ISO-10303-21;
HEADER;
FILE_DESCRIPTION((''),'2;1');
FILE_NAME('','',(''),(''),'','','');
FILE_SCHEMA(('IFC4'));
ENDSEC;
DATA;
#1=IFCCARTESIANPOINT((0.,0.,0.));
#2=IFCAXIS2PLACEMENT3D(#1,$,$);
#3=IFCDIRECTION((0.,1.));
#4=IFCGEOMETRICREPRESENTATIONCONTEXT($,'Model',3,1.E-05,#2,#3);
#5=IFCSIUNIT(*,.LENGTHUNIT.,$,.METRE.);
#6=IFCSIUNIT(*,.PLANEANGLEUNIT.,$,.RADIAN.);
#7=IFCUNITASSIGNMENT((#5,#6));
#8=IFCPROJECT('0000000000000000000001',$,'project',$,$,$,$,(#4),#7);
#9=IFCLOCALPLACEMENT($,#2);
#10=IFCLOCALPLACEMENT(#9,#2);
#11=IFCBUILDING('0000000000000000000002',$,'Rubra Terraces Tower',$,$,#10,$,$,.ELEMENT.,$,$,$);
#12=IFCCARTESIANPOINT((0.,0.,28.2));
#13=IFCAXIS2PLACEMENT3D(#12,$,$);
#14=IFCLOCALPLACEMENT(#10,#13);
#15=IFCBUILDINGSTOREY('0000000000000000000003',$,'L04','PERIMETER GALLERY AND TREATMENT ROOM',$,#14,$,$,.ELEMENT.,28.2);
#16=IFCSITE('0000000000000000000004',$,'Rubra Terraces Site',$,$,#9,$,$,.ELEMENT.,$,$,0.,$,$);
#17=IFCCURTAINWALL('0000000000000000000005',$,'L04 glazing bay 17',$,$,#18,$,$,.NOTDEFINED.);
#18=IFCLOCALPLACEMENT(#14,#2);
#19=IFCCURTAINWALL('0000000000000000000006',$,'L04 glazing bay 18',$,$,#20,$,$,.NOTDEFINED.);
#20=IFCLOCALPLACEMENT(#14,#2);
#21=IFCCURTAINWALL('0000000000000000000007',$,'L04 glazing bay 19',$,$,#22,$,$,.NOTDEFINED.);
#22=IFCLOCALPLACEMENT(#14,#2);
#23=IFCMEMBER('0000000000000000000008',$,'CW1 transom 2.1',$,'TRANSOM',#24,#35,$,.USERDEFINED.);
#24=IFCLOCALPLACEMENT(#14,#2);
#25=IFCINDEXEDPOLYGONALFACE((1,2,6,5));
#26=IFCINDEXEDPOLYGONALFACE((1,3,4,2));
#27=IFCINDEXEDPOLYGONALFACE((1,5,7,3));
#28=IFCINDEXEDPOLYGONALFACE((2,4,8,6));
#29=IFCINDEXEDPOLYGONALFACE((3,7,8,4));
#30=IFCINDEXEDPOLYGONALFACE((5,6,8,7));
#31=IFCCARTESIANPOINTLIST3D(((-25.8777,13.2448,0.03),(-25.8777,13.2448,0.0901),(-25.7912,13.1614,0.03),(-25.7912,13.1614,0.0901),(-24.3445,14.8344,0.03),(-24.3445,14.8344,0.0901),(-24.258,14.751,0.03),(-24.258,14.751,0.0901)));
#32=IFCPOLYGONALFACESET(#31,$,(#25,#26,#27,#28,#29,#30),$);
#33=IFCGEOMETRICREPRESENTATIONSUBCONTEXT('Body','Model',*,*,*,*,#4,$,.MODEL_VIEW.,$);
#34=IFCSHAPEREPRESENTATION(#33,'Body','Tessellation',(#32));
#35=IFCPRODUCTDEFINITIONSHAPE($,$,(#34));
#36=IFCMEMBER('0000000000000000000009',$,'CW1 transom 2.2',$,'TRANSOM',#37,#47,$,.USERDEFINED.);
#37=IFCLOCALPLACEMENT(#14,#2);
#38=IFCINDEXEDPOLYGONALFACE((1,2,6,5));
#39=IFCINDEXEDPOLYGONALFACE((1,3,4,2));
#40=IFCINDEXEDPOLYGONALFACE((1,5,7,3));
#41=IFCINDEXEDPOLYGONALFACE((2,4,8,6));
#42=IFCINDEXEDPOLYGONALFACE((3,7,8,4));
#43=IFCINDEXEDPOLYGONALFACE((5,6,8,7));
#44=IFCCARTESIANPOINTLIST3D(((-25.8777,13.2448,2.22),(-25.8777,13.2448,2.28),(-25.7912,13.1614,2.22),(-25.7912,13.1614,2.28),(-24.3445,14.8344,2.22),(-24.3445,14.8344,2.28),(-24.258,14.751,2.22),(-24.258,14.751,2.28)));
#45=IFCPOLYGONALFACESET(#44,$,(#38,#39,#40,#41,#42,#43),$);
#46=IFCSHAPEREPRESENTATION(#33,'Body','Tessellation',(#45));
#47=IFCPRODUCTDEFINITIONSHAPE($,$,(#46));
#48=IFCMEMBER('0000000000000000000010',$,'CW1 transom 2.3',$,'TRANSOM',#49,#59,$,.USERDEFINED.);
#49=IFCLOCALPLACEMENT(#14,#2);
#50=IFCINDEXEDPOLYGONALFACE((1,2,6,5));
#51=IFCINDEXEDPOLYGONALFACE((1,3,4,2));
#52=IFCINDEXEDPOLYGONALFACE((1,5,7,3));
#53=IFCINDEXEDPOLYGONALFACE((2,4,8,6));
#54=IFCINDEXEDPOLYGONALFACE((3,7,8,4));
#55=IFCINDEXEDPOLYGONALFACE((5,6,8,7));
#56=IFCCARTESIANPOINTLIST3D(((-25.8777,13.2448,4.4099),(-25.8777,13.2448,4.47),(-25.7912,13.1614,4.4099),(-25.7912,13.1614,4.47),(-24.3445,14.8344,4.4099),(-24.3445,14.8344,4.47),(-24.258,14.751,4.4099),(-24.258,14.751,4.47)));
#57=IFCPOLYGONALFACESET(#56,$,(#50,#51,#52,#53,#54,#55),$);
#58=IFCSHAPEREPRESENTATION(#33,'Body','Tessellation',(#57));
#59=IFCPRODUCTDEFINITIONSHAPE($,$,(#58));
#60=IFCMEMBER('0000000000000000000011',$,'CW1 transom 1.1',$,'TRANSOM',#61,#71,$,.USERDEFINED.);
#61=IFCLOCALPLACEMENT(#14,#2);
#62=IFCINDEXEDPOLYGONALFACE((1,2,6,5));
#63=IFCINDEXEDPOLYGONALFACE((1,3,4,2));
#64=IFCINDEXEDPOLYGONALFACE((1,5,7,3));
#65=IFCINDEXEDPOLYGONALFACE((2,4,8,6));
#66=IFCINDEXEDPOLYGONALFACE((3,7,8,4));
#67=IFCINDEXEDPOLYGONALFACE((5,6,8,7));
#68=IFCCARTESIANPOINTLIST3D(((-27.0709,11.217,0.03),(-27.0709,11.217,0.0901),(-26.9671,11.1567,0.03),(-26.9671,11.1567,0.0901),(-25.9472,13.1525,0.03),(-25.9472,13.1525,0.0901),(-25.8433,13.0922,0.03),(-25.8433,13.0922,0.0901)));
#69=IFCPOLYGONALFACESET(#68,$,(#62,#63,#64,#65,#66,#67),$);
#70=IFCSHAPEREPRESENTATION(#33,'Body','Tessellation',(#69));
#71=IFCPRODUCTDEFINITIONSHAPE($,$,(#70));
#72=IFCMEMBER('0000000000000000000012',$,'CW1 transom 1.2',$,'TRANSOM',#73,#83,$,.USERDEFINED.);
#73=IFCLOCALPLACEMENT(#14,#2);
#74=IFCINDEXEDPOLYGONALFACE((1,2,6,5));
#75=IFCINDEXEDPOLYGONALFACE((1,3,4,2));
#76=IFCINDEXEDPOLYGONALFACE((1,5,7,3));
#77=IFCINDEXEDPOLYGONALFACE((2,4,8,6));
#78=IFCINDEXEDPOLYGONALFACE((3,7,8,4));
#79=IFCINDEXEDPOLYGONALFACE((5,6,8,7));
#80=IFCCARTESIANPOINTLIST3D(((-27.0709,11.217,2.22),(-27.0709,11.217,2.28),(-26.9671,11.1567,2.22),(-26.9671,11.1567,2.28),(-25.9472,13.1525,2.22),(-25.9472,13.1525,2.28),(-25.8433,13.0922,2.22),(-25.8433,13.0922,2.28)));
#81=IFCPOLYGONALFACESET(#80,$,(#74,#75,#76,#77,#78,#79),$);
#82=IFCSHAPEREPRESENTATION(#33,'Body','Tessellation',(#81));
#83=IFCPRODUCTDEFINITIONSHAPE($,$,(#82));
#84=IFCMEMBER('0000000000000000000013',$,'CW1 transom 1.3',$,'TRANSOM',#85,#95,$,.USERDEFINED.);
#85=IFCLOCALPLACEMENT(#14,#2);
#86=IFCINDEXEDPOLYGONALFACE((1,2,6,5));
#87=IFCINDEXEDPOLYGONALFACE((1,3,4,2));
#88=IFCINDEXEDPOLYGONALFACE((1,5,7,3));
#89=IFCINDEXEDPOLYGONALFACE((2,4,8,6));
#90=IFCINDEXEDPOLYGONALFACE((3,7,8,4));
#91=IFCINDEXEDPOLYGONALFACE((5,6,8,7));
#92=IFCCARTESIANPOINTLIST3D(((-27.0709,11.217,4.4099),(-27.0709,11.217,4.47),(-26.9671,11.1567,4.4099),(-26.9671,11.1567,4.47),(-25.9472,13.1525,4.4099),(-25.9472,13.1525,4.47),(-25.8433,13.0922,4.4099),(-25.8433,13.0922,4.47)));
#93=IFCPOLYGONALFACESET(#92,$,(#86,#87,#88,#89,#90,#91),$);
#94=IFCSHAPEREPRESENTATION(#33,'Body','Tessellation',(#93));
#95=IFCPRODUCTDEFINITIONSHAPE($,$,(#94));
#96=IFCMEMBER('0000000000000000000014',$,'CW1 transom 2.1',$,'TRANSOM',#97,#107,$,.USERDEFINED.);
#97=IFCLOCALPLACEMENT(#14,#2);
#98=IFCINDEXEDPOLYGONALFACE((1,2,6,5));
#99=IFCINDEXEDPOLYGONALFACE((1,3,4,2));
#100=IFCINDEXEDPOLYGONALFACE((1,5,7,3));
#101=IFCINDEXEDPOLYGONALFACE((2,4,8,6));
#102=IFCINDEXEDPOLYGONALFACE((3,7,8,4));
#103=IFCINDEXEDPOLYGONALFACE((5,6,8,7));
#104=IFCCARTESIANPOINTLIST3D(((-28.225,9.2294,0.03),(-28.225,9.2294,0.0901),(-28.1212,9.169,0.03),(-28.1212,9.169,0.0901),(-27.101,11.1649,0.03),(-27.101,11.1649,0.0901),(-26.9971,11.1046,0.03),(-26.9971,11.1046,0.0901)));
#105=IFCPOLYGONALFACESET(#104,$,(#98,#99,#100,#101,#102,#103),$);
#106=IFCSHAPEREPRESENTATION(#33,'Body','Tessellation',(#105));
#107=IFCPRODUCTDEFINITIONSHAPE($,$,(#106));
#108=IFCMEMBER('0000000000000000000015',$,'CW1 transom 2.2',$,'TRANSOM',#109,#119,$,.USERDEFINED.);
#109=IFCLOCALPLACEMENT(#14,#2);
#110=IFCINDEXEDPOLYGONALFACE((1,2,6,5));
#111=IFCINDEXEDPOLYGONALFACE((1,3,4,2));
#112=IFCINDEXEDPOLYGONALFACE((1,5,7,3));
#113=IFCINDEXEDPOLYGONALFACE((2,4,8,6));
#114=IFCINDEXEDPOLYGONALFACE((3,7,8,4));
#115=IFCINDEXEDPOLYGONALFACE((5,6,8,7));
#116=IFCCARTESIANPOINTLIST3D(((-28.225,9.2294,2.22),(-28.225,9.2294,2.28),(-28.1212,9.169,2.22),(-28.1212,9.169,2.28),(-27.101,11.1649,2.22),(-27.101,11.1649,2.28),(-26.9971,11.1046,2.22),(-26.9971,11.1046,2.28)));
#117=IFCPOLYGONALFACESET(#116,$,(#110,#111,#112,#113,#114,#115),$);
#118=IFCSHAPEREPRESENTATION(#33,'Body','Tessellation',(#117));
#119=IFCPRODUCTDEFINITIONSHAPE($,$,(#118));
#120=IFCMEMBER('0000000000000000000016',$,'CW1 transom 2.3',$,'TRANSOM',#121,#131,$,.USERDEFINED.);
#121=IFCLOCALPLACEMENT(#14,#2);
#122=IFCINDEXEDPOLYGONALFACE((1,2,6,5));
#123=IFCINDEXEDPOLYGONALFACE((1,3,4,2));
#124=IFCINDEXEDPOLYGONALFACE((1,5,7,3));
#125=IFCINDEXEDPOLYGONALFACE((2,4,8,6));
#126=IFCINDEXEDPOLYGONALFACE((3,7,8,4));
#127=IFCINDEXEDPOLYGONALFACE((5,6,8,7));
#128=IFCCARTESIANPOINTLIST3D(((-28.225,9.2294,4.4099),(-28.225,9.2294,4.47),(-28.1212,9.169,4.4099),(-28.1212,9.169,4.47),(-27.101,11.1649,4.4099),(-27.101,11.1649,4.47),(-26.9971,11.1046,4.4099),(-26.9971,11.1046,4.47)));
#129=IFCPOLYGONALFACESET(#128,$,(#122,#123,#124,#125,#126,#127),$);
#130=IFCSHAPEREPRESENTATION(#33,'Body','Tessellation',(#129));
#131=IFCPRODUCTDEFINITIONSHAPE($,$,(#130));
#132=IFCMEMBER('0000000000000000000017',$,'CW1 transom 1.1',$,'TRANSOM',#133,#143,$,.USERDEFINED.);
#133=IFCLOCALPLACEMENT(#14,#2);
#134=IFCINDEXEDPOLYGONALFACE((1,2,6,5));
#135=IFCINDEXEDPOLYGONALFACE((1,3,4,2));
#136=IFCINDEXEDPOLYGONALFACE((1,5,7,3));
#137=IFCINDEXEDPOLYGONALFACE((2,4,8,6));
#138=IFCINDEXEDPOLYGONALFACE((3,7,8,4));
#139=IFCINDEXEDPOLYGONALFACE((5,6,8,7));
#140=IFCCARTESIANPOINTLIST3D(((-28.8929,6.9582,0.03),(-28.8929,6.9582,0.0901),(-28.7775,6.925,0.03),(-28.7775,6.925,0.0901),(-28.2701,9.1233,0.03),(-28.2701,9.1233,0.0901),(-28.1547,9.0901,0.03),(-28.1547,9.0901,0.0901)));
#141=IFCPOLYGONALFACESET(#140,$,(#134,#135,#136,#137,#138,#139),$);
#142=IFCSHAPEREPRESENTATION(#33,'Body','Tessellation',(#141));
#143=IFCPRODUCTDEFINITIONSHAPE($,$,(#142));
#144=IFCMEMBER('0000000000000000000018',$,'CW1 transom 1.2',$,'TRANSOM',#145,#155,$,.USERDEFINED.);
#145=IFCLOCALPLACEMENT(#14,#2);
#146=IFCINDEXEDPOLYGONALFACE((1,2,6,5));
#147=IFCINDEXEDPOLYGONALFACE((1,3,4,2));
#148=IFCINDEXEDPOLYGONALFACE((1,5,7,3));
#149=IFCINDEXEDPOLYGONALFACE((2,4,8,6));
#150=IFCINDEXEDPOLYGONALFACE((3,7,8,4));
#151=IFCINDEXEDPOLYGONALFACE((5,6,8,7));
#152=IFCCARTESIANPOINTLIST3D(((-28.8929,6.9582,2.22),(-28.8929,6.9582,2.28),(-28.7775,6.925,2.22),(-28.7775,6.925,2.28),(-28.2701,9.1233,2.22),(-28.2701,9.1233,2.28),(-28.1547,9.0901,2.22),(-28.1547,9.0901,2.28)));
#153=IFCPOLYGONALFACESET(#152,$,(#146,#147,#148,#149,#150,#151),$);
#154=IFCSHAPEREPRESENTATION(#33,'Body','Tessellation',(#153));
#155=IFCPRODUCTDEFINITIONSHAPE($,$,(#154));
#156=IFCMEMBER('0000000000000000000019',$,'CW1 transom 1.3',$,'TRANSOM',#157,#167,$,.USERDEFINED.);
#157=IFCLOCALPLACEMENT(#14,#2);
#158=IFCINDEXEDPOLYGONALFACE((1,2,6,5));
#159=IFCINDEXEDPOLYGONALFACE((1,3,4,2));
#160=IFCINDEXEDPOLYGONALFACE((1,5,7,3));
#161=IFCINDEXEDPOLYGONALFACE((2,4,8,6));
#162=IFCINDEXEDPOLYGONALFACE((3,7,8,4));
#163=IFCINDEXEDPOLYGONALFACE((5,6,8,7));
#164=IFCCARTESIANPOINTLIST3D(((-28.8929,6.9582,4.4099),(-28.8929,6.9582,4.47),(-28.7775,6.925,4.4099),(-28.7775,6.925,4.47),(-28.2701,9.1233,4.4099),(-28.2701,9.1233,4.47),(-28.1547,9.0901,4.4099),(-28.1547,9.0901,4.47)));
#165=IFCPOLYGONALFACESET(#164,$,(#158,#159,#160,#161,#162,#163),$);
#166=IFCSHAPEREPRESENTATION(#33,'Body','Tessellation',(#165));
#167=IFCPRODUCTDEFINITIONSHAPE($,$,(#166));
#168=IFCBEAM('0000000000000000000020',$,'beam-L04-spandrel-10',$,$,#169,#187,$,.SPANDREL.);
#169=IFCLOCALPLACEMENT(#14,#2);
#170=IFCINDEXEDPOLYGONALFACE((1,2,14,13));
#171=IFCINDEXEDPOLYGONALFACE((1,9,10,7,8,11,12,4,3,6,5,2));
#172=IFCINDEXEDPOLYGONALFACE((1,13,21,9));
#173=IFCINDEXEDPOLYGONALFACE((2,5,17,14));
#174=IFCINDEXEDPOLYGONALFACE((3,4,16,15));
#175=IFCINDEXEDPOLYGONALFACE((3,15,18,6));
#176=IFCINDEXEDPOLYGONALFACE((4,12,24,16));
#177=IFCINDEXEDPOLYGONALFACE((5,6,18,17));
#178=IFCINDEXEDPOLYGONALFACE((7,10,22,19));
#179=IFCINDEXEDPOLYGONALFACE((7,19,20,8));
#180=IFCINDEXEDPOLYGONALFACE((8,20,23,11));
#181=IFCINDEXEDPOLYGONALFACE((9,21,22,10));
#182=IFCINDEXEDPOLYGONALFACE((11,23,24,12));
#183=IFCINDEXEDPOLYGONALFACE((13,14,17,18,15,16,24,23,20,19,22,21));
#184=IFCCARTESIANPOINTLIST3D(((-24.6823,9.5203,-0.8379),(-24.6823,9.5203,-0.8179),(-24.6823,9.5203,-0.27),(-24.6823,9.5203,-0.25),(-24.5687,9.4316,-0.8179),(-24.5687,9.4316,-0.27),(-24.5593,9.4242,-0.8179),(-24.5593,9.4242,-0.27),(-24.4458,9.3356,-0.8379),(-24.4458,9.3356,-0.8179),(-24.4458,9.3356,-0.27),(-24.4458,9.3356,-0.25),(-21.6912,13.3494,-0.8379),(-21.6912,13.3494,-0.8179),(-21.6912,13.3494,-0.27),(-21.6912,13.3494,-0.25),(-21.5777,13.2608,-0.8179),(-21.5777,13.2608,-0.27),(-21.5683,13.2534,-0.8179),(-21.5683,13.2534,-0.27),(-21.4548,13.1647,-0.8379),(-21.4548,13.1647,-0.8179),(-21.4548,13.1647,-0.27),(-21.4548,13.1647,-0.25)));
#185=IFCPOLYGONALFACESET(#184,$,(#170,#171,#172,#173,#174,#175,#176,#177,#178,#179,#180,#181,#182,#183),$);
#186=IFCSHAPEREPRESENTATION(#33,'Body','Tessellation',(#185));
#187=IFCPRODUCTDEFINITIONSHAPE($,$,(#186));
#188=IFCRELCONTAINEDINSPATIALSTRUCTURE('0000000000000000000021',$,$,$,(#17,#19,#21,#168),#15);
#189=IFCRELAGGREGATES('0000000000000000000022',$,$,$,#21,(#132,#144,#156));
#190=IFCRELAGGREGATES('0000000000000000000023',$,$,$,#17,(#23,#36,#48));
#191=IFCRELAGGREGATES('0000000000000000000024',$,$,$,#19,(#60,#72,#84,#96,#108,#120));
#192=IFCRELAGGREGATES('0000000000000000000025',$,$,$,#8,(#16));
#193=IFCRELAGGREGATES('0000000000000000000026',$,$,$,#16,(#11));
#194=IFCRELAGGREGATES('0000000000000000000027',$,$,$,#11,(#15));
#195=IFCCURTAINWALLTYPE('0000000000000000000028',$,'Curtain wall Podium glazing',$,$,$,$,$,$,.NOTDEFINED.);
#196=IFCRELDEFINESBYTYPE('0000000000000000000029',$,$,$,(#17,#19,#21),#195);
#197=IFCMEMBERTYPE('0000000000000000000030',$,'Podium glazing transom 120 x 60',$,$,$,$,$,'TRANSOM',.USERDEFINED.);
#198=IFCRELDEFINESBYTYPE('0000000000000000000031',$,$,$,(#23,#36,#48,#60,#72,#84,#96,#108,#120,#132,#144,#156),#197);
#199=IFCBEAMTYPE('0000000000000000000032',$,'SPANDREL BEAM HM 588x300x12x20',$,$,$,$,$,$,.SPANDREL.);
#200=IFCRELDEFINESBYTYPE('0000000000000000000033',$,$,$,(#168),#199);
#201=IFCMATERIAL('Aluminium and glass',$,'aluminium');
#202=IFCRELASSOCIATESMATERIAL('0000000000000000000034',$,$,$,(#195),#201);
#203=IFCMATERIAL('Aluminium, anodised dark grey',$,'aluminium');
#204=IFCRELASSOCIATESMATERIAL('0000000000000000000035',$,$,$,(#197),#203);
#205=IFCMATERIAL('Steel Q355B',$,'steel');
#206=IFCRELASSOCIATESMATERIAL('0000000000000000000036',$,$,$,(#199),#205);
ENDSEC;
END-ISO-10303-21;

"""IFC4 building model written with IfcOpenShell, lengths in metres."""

from ifc_helpers import new_model, si_unit, direction, frame, origin, origin_2d, place, context, subcontext, project, spatial, rectangle, i_section, extrude, material, material_profile, profile_set, type_object, element, aggregate, save


model = new_model("IFC4")

# Units and contexts
model_context = context("Model", 3, precision=1e-05, world=origin(), true_north=direction((0.0, 1.0)))
body_context = subcontext(model_context, "Body", "Model", "MODEL_VIEW")
ifc_project = project(units=[si_unit("LENGTHUNIT", "METRE"), si_unit("PLANEANGLEUNIT", "RADIAN")], contexts=[model_context])

# Site, building, storey
site_placement = place(None, origin())
site = spatial("IfcSite", under=ifc_project, at=site_placement, Name="Rubra Terraces Site", CompositionType="ELEMENT", RefElevation=0.0)
building_placement = place(site_placement, origin())
building = spatial("IfcBuilding", under=site, at=building_placement, Name="Rubra Terraces Tower", CompositionType="ELEMENT")
storey_placement = place(building_placement, frame((0.0, 0.0, 28.2)))
storey = spatial("IfcBuildingStorey", under=building, at=storey_placement, Name="L04", Description="PERIMETER GALLERY AND TREATMENT ROOM", CompositionType="ELEMENT", Elevation=28.2)

# Shared definitions
ifc_material_1 = material(Name="Steel Q355B", Category="steel")

# Curtain walls
ifc_material_2 = material(Name="Aluminium and glass", Category="aluminium")
curtain_wall_type = type_object("IfcCurtainWallType", Name="Curtain wall Podium glazing", PredefinedType="NOTDEFINED", material=ifc_material_2)
curtain_wall_1_placement = place(storey_placement, origin())
curtain_wall_1 = element("IfcCurtainWall", 1, at=curtain_wall_1_placement, inside=storey, type_object=curtain_wall_type, Name="L04 glazing bay 17", PredefinedType="NOTDEFINED")
ifc_material_3 = material(Name="Aluminium, anodised dark grey", Category="aluminium")
curtain_wall_2_placement = place(storey_placement, origin())
curtain_wall_2 = element("IfcCurtainWall", 2, at=curtain_wall_2_placement, inside=storey, type_object=curtain_wall_type, Name="L04 glazing bay 18", PredefinedType="NOTDEFINED")

# Curtain wall
curtain_wall_3_placement = place(storey_placement, origin())
curtain_wall_3 = element("IfcCurtainWall", 3, at=curtain_wall_3_placement, inside=storey, type_object=curtain_wall_type, Name="L04 glazing bay 19", PredefinedType="NOTDEFINED")

# Members
ifc_material_profile_1 = material_profile(ifc_material_3, rectangle(XDim=0.1201, YDim=0.0601, at=origin_2d()), Name="AL 120x60")
ifc_profile_set_1 = profile_set([ifc_material_profile_1], Name="Aluminium, anodised dark grey")
member_type_1 = type_object("IfcMemberType", Name="Podium glazing transom 120 x 60", ElementType="TRANSOM", PredefinedType="USERDEFINED", material=ifc_profile_set_1)
member_1_placement = place(storey_placement, frame((-24.3013, 14.7927, 0.0601), z_axis=(-0.694224, -0.719759, 0.0), x_axis=(0.719759, -0.694224, 0.0)))
member_1 = element("IfcMember", 4, at=member_1_placement, type_object=member_type_1, Name="CW1 transom 2.1", ObjectType="TRANSOM", PredefinedType="USERDEFINED", context=body_context, shape_type="SweptSolid", body=[
    extrude(rectangle(XDim=0.1201, YDim=0.0601, at=origin_2d()), origin(), (0.0, 0.0, 1.0), 2.2085),
])
member_2_placement = place(storey_placement, frame((-24.3013, 14.7927, 2.25), z_axis=(-0.694224, -0.719759, 0.0), x_axis=(0.719759, -0.694224, 0.0)))
member_2 = element("IfcMember", 5, at=member_2_placement, type_object=member_type_1, Name="CW1 transom 2.2", ObjectType="TRANSOM", PredefinedType="USERDEFINED", context=body_context, shape_type="SweptSolid", body=[
    extrude(rectangle(XDim=0.1201, YDim=0.0601, at=origin_2d()), origin(), (0.0, 0.0, 1.0), 2.2085),
])
member_3_placement = place(storey_placement, frame((-24.3013, 14.7927, 4.4399), z_axis=(-0.694224, -0.719759, 0.0), x_axis=(0.719759, -0.694224, 0.0)))
member_3 = element("IfcMember", 6, at=member_3_placement, type_object=member_type_1, Name="CW1 transom 2.3", ObjectType="TRANSOM", PredefinedType="USERDEFINED", context=body_context, shape_type="SweptSolid", body=[
    extrude(rectangle(XDim=0.1201, YDim=0.0601, at=origin_2d()), origin(), (0.0, 0.0, 1.0), 2.2085),
])
member_4_placement = place(storey_placement, frame((-25.8953, 13.1223, 0.0601), z_axis=(-0.502107, -0.864806, 0.0), x_axis=(0.864806, -0.502107, 0.0)))
member_4 = element("IfcMember", 7, at=member_4_placement, type_object=member_type_1, Name="CW1 transom 1.1", ObjectType="TRANSOM", PredefinedType="USERDEFINED", context=body_context, shape_type="SweptSolid", body=[
    extrude(rectangle(XDim=0.1201, YDim=0.0601, at=origin_2d()), origin(), (0.0, 0.0, 1.0), 2.238),
])
member_5_placement = place(storey_placement, frame((-25.8953, 13.1223, 2.25), z_axis=(-0.502107, -0.864806, 0.0), x_axis=(0.864806, -0.502107, 0.0)))
member_5 = element("IfcMember", 8, at=member_5_placement, type_object=member_type_1, Name="CW1 transom 1.2", ObjectType="TRANSOM", PredefinedType="USERDEFINED", context=body_context, shape_type="SweptSolid", body=[
    extrude(rectangle(XDim=0.1201, YDim=0.0601, at=origin_2d()), origin(), (0.0, 0.0, 1.0), 2.238),
])
member_6_placement = place(storey_placement, frame((-25.8953, 13.1223, 4.4399), z_axis=(-0.502107, -0.864806, 0.0), x_axis=(0.864806, -0.502107, 0.0)))
member_6 = element("IfcMember", 9, at=member_6_placement, type_object=member_type_1, Name="CW1 transom 1.3", ObjectType="TRANSOM", PredefinedType="USERDEFINED", context=body_context, shape_type="SweptSolid", body=[
    extrude(rectangle(XDim=0.1201, YDim=0.0601, at=origin_2d()), origin(), (0.0, 0.0, 1.0), 2.238),
])
member_7_placement = place(storey_placement, frame((-27.0491, 11.1348, 0.0601), z_axis=(-0.502188, -0.864758, 0.0), x_axis=(0.864758, -0.502188, 0.0)))
member_7 = element("IfcMember", 10, at=member_7_placement, type_object=member_type_1, Name="CW1 transom 2.1", ObjectType="TRANSOM", PredefinedType="USERDEFINED", context=body_context, shape_type="SweptSolid", body=[
    extrude(rectangle(XDim=0.1201, YDim=0.0601, at=origin_2d()), origin(), (0.0, 0.0, 1.0), 2.2383),
])
member_8_placement = place(storey_placement, frame((-27.0491, 11.1348, 2.25), z_axis=(-0.502188, -0.864758, 0.0), x_axis=(0.864758, -0.502188, 0.0)))
member_8 = element("IfcMember", 11, at=member_8_placement, type_object=member_type_1, Name="CW1 transom 2.2", ObjectType="TRANSOM", PredefinedType="USERDEFINED", context=body_context, shape_type="SweptSolid", body=[
    extrude(rectangle(XDim=0.1201, YDim=0.0601, at=origin_2d()), origin(), (0.0, 0.0, 1.0), 2.2383),
])
member_9_placement = place(storey_placement, frame((-27.0491, 11.1348, 4.4399), z_axis=(-0.502188, -0.864758, 0.0), x_axis=(0.864758, -0.502188, 0.0)))
member_9 = element("IfcMember", 12, at=member_9_placement, type_object=member_type_1, Name="CW1 transom 2.3", ObjectType="TRANSOM", PredefinedType="USERDEFINED", context=body_context, shape_type="SweptSolid", body=[
    extrude(rectangle(XDim=0.1201, YDim=0.0601, at=origin_2d()), origin(), (0.0, 0.0, 1.0), 2.2383),
])
member_10_placement = place(storey_placement, frame((-28.2124, 9.1067, 0.0601), z_axis=(-0.276453, -0.961028, 0.0), x_axis=(0.961028, -0.276453, 0.0)))
member_10 = element("IfcMember", 13, at=member_10_placement, type_object=member_type_1, Name="CW1 transom 1.1", ObjectType="TRANSOM", PredefinedType="USERDEFINED", context=body_context, shape_type="SweptSolid", body=[
    extrude(rectangle(XDim=0.1201, YDim=0.0601, at=origin_2d()), origin(), (0.0, 0.0, 1.0), 2.2529),
])
member_11_placement = place(storey_placement, frame((-28.2124, 9.1067, 2.25), z_axis=(-0.276453, -0.961028, 0.0), x_axis=(0.961028, -0.276453, 0.0)))
member_11 = element("IfcMember", 14, at=member_11_placement, type_object=member_type_1, Name="CW1 transom 1.2", ObjectType="TRANSOM", PredefinedType="USERDEFINED", context=body_context, shape_type="SweptSolid", body=[
    extrude(rectangle(XDim=0.1201, YDim=0.0601, at=origin_2d()), origin(), (0.0, 0.0, 1.0), 2.2529),
])
member_12_placement = place(storey_placement, frame((-28.2124, 9.1067, 4.4399), z_axis=(-0.276453, -0.961028, 0.0), x_axis=(0.961028, -0.276453, 0.0)))
member_12 = element("IfcMember", 15, at=member_12_placement, type_object=member_type_1, Name="CW1 transom 1.3", ObjectType="TRANSOM", PredefinedType="USERDEFINED", context=body_context, shape_type="SweptSolid", body=[
    extrude(rectangle(XDim=0.1201, YDim=0.0601, at=origin_2d()), origin(), (0.0, 0.0, 1.0), 2.2529),
])
aggregate(curtain_wall_3, [member_10, member_11, member_12])

# Beam
ifc_material_profile_2 = material_profile(ifc_material_1, i_section(OverallWidth=0.3, OverallDepth=0.5879, WebThickness=0.012, FlangeThickness=0.02, at=origin_2d()), Name="HM 588x300x12x20")
ifc_profile_set_2 = profile_set([ifc_material_profile_2], Name="Steel Q355B")
beam_type_1 = type_object("IfcBeamType", Name="SPANDREL BEAM HM 588x300x12x20", PredefinedType="SPANDREL", material=ifc_profile_set_2)
beam_1_placement = place(storey_placement, frame((-21.573, 13.2571, -0.5439), z_axis=(-0.615578, -0.788076, 0.0), x_axis=(0.788076, -0.615578, 0.0)))
element("IfcBeam", 16, at=beam_1_placement, inside=storey, type_object=beam_type_1, Name="beam-L04-spandrel-10", PredefinedType="SPANDREL", context=body_context, shape_type="SweptSolid", body=[
    extrude(i_section(OverallWidth=0.3, OverallDepth=0.5879, WebThickness=0.012, FlangeThickness=0.02, at=origin_2d()), origin(), (0.0, 0.0, 1.0), 4.8589),
])

aggregate(curtain_wall_1, [member_1, member_2, member_3])
aggregate(curtain_wall_2, [member_4, member_5, member_6, member_7, member_8, member_9])

save(model, "model.ifc")
